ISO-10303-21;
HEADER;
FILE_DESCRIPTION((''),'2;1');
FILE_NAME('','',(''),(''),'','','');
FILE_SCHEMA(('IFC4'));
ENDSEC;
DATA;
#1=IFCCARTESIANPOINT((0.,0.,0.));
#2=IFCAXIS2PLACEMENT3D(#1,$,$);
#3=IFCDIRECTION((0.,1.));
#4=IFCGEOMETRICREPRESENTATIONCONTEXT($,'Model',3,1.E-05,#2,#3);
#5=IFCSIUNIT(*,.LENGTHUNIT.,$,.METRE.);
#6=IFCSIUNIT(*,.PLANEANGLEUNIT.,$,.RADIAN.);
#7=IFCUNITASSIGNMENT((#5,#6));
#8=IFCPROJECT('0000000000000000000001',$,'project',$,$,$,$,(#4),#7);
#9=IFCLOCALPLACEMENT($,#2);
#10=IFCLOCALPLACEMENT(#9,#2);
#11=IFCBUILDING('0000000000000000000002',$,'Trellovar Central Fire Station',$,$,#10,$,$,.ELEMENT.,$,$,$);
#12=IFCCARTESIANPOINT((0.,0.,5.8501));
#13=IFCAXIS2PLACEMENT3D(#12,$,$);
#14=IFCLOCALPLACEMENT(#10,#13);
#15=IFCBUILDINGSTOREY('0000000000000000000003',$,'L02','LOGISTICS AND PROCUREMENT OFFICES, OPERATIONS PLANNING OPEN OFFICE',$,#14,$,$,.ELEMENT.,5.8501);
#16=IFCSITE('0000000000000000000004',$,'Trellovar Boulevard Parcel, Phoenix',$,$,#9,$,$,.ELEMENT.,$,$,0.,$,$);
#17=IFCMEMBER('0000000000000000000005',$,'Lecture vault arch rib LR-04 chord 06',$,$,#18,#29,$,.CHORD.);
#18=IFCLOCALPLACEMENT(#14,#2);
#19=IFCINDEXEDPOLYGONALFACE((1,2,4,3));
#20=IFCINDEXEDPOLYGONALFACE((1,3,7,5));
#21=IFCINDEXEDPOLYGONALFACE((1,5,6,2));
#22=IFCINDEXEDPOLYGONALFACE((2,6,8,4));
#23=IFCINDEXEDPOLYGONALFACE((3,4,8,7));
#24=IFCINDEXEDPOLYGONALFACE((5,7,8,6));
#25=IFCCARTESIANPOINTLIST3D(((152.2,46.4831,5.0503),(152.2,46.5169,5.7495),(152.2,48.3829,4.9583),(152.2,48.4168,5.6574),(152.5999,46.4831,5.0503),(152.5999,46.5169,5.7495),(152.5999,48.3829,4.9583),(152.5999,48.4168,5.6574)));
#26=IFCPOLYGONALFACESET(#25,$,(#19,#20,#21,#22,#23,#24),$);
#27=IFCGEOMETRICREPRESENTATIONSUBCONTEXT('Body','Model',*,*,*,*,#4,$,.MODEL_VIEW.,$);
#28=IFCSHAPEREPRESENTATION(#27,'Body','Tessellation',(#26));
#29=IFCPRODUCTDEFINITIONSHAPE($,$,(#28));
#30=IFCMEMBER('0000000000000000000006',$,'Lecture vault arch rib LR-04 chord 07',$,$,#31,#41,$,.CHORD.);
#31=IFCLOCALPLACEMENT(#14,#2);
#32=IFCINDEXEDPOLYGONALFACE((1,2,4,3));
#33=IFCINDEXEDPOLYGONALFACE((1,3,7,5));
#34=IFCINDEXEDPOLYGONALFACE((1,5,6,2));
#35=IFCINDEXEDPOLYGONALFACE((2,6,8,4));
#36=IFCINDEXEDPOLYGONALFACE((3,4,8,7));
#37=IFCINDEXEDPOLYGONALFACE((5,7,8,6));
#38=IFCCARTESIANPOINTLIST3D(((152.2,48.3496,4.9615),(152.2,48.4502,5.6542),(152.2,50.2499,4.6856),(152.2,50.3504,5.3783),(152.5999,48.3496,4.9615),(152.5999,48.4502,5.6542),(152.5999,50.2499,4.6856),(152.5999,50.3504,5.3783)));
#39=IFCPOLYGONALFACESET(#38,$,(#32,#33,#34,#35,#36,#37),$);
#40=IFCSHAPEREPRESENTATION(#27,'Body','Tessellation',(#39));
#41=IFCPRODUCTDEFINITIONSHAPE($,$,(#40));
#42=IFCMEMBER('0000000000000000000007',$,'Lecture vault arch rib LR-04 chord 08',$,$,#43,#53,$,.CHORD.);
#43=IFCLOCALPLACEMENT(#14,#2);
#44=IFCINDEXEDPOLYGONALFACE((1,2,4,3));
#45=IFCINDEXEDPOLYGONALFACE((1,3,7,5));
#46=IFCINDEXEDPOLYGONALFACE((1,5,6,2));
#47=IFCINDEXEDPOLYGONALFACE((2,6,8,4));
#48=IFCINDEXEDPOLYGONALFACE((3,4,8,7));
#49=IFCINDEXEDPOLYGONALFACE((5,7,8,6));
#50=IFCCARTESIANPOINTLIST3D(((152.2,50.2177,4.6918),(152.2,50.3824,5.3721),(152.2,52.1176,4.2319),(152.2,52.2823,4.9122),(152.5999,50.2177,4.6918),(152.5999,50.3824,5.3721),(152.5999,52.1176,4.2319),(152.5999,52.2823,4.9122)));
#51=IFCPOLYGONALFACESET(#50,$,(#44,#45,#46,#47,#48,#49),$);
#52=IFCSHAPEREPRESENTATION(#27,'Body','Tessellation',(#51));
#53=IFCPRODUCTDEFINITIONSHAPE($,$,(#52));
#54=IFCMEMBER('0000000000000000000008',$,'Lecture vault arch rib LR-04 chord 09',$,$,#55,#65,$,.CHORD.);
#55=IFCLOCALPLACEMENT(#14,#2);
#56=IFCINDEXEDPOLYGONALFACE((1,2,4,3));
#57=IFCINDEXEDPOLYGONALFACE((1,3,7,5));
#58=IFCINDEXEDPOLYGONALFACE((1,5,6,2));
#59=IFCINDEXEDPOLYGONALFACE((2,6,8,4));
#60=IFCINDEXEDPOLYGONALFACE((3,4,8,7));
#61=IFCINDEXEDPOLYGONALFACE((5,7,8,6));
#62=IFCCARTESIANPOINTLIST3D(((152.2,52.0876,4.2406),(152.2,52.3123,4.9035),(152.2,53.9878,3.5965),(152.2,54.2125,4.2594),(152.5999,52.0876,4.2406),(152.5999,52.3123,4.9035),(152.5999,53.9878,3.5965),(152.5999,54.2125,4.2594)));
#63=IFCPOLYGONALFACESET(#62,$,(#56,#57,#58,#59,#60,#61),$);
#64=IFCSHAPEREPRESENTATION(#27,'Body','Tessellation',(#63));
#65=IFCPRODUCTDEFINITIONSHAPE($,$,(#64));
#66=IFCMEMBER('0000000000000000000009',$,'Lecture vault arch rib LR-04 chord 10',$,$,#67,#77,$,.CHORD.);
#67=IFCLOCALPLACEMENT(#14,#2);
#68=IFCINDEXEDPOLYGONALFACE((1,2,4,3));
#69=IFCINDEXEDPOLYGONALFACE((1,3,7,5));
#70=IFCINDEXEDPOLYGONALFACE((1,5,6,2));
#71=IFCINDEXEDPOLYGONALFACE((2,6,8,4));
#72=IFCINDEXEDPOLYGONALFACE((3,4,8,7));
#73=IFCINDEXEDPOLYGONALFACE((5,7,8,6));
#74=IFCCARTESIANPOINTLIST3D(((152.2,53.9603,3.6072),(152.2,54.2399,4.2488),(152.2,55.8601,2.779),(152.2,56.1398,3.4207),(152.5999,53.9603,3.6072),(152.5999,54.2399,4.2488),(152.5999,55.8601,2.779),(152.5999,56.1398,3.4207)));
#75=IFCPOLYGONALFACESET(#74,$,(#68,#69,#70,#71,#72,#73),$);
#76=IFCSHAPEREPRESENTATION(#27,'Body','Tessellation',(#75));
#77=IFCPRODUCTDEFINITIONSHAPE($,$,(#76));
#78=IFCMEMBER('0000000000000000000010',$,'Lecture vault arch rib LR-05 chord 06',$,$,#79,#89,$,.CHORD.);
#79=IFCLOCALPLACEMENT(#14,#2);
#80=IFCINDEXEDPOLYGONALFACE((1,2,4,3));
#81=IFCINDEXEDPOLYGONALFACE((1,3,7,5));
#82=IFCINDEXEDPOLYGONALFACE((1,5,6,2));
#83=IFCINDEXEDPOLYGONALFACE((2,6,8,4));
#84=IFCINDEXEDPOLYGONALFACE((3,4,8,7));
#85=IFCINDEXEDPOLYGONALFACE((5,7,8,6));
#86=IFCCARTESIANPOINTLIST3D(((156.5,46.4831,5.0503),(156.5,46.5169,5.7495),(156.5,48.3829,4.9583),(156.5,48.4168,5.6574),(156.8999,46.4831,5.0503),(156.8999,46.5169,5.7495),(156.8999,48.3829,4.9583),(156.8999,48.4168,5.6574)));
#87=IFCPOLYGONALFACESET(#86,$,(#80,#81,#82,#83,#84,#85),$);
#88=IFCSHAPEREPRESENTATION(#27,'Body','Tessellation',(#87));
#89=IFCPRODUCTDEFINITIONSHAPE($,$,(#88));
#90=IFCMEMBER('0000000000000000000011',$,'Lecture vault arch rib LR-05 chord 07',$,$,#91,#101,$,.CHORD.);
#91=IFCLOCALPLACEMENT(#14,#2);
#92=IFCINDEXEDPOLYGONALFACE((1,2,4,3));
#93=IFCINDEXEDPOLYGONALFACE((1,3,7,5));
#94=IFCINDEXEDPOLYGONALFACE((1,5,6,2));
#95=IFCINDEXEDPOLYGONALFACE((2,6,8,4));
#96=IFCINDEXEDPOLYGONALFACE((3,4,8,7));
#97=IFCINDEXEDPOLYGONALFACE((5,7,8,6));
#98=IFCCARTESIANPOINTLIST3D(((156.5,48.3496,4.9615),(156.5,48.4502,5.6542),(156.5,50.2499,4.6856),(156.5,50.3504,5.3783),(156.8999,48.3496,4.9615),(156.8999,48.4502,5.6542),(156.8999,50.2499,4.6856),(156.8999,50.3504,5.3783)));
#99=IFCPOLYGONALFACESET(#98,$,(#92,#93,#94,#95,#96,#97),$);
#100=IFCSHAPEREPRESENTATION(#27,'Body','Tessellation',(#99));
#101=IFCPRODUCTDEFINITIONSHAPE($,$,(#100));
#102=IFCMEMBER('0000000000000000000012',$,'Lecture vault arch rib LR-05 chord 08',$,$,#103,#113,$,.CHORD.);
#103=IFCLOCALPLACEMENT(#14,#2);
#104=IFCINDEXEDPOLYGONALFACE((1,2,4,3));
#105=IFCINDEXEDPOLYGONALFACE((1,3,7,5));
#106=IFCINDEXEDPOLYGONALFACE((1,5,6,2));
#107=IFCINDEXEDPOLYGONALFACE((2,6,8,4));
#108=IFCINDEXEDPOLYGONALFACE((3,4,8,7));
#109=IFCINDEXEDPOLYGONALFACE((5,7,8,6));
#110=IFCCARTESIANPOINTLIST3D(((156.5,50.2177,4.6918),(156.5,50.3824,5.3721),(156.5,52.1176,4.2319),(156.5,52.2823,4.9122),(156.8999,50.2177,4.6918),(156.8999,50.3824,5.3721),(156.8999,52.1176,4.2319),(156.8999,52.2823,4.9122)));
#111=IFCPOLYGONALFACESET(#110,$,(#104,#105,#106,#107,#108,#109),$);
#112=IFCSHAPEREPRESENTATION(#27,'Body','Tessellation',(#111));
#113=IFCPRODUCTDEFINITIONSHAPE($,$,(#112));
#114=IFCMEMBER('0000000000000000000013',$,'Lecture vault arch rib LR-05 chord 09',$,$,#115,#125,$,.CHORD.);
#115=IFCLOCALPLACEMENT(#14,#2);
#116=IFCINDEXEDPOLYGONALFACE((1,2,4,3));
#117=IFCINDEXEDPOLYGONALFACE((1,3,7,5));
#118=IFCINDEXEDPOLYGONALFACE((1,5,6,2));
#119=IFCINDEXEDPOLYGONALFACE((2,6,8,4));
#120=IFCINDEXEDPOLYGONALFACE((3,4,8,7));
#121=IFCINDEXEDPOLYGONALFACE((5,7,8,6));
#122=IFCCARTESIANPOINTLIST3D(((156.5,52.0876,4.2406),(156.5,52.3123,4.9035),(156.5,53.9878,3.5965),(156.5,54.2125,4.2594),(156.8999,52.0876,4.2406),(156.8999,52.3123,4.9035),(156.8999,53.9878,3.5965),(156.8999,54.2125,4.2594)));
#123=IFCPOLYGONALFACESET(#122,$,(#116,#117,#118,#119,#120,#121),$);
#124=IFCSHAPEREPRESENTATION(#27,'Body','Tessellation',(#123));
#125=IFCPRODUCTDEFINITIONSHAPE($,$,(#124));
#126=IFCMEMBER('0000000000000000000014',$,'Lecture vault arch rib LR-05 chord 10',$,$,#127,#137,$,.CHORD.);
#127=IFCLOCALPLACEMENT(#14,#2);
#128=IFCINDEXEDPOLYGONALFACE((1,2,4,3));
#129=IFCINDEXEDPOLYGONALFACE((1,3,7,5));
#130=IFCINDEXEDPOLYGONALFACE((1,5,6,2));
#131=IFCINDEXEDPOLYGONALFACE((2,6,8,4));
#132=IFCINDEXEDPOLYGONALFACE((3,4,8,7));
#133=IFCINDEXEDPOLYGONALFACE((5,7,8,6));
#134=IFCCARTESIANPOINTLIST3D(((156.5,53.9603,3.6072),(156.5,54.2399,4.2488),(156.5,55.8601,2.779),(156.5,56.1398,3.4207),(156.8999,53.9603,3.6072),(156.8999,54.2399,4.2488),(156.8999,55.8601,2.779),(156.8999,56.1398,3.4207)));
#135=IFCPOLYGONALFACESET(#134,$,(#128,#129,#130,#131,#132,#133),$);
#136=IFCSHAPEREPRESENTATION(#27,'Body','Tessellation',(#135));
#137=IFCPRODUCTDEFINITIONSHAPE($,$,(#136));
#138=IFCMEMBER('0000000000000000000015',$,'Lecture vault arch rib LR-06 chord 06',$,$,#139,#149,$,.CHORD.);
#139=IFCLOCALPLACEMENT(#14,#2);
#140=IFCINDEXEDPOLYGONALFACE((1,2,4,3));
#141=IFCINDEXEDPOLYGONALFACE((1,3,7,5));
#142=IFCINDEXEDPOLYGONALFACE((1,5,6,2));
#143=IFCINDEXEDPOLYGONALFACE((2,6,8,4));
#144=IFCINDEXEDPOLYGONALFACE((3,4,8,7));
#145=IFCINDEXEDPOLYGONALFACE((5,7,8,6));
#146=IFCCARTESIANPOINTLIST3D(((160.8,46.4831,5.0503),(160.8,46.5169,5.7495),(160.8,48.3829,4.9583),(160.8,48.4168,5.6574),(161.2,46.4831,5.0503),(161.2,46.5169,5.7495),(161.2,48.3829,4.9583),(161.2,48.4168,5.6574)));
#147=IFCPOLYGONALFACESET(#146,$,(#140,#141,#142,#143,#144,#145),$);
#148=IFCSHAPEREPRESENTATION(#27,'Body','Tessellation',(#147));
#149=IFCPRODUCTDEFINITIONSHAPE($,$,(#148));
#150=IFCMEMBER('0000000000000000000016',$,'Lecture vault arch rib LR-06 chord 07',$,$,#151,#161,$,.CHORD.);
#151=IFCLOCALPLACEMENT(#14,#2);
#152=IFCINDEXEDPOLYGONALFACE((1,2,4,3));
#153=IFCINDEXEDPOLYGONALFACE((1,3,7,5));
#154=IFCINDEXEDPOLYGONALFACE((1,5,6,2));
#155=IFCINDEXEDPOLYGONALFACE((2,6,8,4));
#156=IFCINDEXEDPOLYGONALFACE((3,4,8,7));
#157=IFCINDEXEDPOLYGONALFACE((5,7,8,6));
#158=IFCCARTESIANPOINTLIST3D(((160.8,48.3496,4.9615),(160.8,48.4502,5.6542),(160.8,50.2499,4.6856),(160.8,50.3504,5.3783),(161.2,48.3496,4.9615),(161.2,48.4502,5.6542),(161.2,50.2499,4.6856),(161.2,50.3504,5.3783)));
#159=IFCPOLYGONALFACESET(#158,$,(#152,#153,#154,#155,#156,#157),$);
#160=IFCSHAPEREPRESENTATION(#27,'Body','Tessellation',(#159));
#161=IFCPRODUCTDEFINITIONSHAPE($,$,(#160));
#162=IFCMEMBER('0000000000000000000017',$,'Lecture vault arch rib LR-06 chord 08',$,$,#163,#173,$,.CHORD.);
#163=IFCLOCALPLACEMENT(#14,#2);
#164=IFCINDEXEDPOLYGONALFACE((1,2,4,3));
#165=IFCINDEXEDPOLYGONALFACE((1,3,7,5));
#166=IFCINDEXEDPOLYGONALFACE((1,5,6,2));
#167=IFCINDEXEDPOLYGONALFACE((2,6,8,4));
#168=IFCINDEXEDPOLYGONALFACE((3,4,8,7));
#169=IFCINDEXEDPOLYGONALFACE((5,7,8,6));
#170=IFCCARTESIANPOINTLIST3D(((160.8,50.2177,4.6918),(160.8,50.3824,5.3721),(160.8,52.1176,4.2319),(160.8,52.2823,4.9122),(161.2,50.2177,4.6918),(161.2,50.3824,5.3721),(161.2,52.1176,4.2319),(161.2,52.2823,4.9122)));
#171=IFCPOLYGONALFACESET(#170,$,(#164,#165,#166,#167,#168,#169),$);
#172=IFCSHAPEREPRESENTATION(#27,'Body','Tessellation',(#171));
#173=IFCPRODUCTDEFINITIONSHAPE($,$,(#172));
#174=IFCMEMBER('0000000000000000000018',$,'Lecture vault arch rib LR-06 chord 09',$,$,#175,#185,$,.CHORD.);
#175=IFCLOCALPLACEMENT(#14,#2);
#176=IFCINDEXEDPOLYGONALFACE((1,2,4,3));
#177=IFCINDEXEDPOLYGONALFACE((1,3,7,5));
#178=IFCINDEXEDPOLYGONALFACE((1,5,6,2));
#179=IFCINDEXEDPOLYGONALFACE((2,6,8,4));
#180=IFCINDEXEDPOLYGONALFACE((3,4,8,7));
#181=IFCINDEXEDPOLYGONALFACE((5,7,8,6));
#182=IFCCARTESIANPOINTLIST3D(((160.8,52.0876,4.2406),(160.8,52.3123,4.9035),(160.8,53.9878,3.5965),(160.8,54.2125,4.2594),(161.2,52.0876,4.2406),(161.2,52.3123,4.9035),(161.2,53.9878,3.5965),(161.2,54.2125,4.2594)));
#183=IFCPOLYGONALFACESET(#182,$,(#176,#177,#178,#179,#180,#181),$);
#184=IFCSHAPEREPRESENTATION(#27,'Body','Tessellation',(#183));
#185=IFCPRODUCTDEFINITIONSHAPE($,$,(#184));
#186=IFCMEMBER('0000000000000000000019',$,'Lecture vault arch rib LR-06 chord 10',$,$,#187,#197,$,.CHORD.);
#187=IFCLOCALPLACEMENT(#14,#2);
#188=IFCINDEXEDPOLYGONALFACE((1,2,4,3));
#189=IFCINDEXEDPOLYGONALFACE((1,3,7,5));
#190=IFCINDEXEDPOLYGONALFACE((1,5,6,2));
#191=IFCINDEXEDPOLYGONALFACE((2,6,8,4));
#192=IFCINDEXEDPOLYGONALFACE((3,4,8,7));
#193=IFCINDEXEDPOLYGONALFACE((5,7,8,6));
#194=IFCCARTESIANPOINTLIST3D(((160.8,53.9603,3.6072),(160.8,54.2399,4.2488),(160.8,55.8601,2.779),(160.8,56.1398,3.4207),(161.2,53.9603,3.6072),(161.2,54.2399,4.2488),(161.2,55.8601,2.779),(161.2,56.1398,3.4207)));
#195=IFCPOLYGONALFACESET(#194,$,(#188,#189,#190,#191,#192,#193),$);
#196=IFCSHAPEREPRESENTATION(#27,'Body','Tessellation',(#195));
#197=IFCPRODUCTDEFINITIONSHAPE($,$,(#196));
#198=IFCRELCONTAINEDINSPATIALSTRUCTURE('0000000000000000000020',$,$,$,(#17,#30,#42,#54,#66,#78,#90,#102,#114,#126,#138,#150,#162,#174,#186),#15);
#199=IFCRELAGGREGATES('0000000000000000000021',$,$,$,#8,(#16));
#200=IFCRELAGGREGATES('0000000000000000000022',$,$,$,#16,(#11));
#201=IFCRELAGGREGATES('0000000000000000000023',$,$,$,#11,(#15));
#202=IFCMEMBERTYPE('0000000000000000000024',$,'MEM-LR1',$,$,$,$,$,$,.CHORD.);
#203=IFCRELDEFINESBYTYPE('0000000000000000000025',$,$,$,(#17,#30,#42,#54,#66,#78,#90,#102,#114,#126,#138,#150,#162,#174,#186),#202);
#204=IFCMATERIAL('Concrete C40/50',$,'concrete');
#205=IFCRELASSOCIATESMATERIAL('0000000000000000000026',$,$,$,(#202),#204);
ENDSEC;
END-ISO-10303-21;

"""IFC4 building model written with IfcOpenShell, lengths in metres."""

from ifc_helpers import new_model, si_unit, direction, frame, origin, origin_2d, place, context, subcontext, project, spatial, rectangle, extrude, material, material_profile, profile_set, type_object, element, save


model = new_model("IFC4")

# Units and contexts
model_context = context("Model", 3, precision=1e-05, world=origin(), true_north=direction((0.0, 1.0)))
body_context = subcontext(model_context, "Body", "Model", "MODEL_VIEW")
ifc_project = project(units=[si_unit("LENGTHUNIT", "METRE"), si_unit("PLANEANGLEUNIT", "RADIAN")], contexts=[model_context])

# Site, building, storey
site_placement = place(None, origin())
site = spatial("IfcSite", under=ifc_project, at=site_placement, Name="Trellovar Boulevard Parcel, Phoenix", CompositionType="ELEMENT", RefElevation=0.0)
building_placement = place(site_placement, origin())
building = spatial("IfcBuilding", under=site, at=building_placement, Name="Trellovar Central Fire Station", CompositionType="ELEMENT")
storey_placement = place(building_placement, frame((0.0, 0.0, 5.8501)))
storey = spatial("IfcBuildingStorey", under=building, at=storey_placement, Name="L02", Description="LOGISTICS AND PROCUREMENT OFFICES, OPERATIONS PLANNING OPEN OFFICE", CompositionType="ELEMENT", Elevation=5.8501)

# Members
ifc_material_1 = material(Name="Concrete C40/50", Category="concrete")
ifc_material_profile_1 = material_profile(ifc_material_1, rectangle(XDim=0.3999, YDim=0.7, at=origin_2d()), Name="RC400X700")
ifc_profile_set_1 = profile_set([ifc_material_profile_1], Name="Concrete C40/50")
member_type_1 = type_object("IfcMemberType", Name="MEM-LR1", PredefinedType="CHORD", material=ifc_profile_set_1)
member_1_placement = place(storey_placement, frame((152.3999, 46.5, 5.3999), z_axis=(0.0, 0.998829, -0.048388), x_axis=(-1.0, 0.0, 0.0)))
element("IfcMember", 1, at=member_1_placement, inside=storey, type_object=member_type_1, Name="Lecture vault arch rib LR-04 chord 06", PredefinedType="CHORD", context=body_context, shape_type="SweptSolid", body=[
    extrude(rectangle(XDim=0.3999, YDim=0.7, at=origin_2d()), origin(), (0.0, 0.0, 1.0), 1.9021),
])
member_2_placement = place(storey_placement, frame((152.3999, 48.3999, 5.3079), z_axis=(0.0, 0.989624, -0.143682), x_axis=(-1.0, 0.0, 0.0)))
element("IfcMember", 2, at=member_2_placement, inside=storey, type_object=member_type_1, Name="Lecture vault arch rib LR-04 chord 07", PredefinedType="CHORD", context=body_context, shape_type="SweptSolid", body=[
    extrude(rectangle(XDim=0.3999, YDim=0.7, at=origin_2d()), origin(), (0.0, 0.0, 1.0), 1.9202),
])
member_3_placement = place(storey_placement, frame((152.3999, 50.3, 5.032), z_axis=(0.0, 0.971923, -0.2353), x_axis=(-1.0, 0.0, 0.0)))
element("IfcMember", 3, at=member_3_placement, inside=storey, type_object=member_type_1, Name="Lecture vault arch rib LR-04 chord 08", PredefinedType="CHORD", context=body_context, shape_type="SweptSolid", body=[
    extrude(rectangle(XDim=0.3999, YDim=0.7, at=origin_2d()), origin(), (0.0, 0.0, 1.0), 1.9548),
])
member_4_placement = place(storey_placement, frame((152.3999, 52.2, 4.572), z_axis=(0.0, 0.947077, -0.321006), x_axis=(-1.0, 0.0, 0.0)))
element("IfcMember", 4, at=member_4_placement, inside=storey, type_object=member_type_1, Name="Lecture vault arch rib LR-04 chord 09", PredefinedType="CHORD", context=body_context, shape_type="SweptSolid", body=[
    extrude(rectangle(XDim=0.3999, YDim=0.7, at=origin_2d()), origin(), (0.0, 0.0, 1.0), 2.0063),
])
member_5_placement = place(storey_placement, frame((152.3999, 54.1001, 3.928), z_axis=(0.0, 0.916703, -0.39957), x_axis=(-1.0, 0.0, 0.0)))
element("IfcMember", 5, at=member_5_placement, inside=storey, type_object=member_type_1, Name="Lecture vault arch rib LR-04 chord 10", PredefinedType="CHORD", context=body_context, shape_type="SweptSolid", body=[
    extrude(rectangle(XDim=0.3999, YDim=0.7, at=origin_2d()), origin(), (0.0, 0.0, 1.0), 2.0725),
])
member_6_placement = place(storey_placement, frame((156.7, 46.5, 5.3999), z_axis=(0.0, 0.998829, -0.048388), x_axis=(-1.0, 0.0, 0.0)))
element("IfcMember", 6, at=member_6_placement, inside=storey, type_object=member_type_1, Name="Lecture vault arch rib LR-05 chord 06", PredefinedType="CHORD", context=body_context, shape_type="SweptSolid", body=[
    extrude(rectangle(XDim=0.3999, YDim=0.7, at=origin_2d()), origin(), (0.0, 0.0, 1.0), 1.9021),
])
member_7_placement = place(storey_placement, frame((156.7, 48.3999, 5.3079), z_axis=(0.0, 0.989624, -0.143682), x_axis=(-1.0, 0.0, 0.0)))
element("IfcMember", 7, at=member_7_placement, inside=storey, type_object=member_type_1, Name="Lecture vault arch rib LR-05 chord 07", PredefinedType="CHORD", context=body_context, shape_type="SweptSolid", body=[
    extrude(rectangle(XDim=0.3999, YDim=0.7, at=origin_2d()), origin(), (0.0, 0.0, 1.0), 1.9202),
])
member_8_placement = place(storey_placement, frame((156.7, 50.3, 5.032), z_axis=(0.0, 0.971923, -0.2353), x_axis=(-1.0, 0.0, 0.0)))
element("IfcMember", 8, at=member_8_placement, inside=storey, type_object=member_type_1, Name="Lecture vault arch rib LR-05 chord 08", PredefinedType="CHORD", context=body_context, shape_type="SweptSolid", body=[
    extrude(rectangle(XDim=0.3999, YDim=0.7, at=origin_2d()), origin(), (0.0, 0.0, 1.0), 1.9548),
])
member_9_placement = place(storey_placement, frame((156.7, 52.2, 4.572), z_axis=(0.0, 0.947077, -0.321006), x_axis=(-1.0, 0.0, 0.0)))
element("IfcMember", 9, at=member_9_placement, inside=storey, type_object=member_type_1, Name="Lecture vault arch rib LR-05 chord 09", PredefinedType="CHORD", context=body_context, shape_type="SweptSolid", body=[
    extrude(rectangle(XDim=0.3999, YDim=0.7, at=origin_2d()), origin(), (0.0, 0.0, 1.0), 2.0063),
])
member_10_placement = place(storey_placement, frame((156.7, 54.1001, 3.928), z_axis=(0.0, 0.916703, -0.39957), x_axis=(-1.0, 0.0, 0.0)))
element("IfcMember", 10, at=member_10_placement, inside=storey, type_object=member_type_1, Name="Lecture vault arch rib LR-05 chord 10", PredefinedType="CHORD", context=body_context, shape_type="SweptSolid", body=[
    extrude(rectangle(XDim=0.3999, YDim=0.7, at=origin_2d()), origin(), (0.0, 0.0, 1.0), 2.0725),
])
member_11_placement = place(storey_placement, frame((161.0, 46.5, 5.3999), z_axis=(0.0, 0.998829, -0.048388), x_axis=(-1.0, 0.0, 0.0)))
element("IfcMember", 11, at=member_11_placement, inside=storey, type_object=member_type_1, Name="Lecture vault arch rib LR-06 chord 06", PredefinedType="CHORD", context=body_context, shape_type="SweptSolid", body=[
    extrude(rectangle(XDim=0.3999, YDim=0.7, at=origin_2d()), origin(), (0.0, 0.0, 1.0), 1.9021),
])
member_12_placement = place(storey_placement, frame((161.0, 48.3999, 5.3079), z_axis=(0.0, 0.989624, -0.143682), x_axis=(-1.0, 0.0, 0.0)))
element("IfcMember", 12, at=member_12_placement, inside=storey, type_object=member_type_1, Name="Lecture vault arch rib LR-06 chord 07", PredefinedType="CHORD", context=body_context, shape_type="SweptSolid", body=[
    extrude(rectangle(XDim=0.3999, YDim=0.7, at=origin_2d()), origin(), (0.0, 0.0, 1.0), 1.9202),
])
member_13_placement = place(storey_placement, frame((161.0, 50.3, 5.032), z_axis=(0.0, 0.971923, -0.2353), x_axis=(-1.0, 0.0, 0.0)))
element("IfcMember", 13, at=member_13_placement, inside=storey, type_object=member_type_1, Name="Lecture vault arch rib LR-06 chord 08", PredefinedType="CHORD", context=body_context, shape_type="SweptSolid", body=[
    extrude(rectangle(XDim=0.3999, YDim=0.7, at=origin_2d()), origin(), (0.0, 0.0, 1.0), 1.9548),
])
member_14_placement = place(storey_placement, frame((161.0, 52.2, 4.572), z_axis=(0.0, 0.947077, -0.321006), x_axis=(-1.0, 0.0, 0.0)))
element("IfcMember", 14, at=member_14_placement, inside=storey, type_object=member_type_1, Name="Lecture vault arch rib LR-06 chord 09", PredefinedType="CHORD", context=body_context, shape_type="SweptSolid", body=[
    extrude(rectangle(XDim=0.3999, YDim=0.7, at=origin_2d()), origin(), (0.0, 0.0, 1.0), 2.0063),
])
member_15_placement = place(storey_placement, frame((161.0, 54.1001, 3.928), z_axis=(0.0, 0.916703, -0.39957), x_axis=(-1.0, 0.0, 0.0)))
element("IfcMember", 15, at=member_15_placement, inside=storey, type_object=member_type_1, Name="Lecture vault arch rib LR-06 chord 10", PredefinedType="CHORD", context=body_context, shape_type="SweptSolid", body=[
    extrude(rectangle(XDim=0.3999, YDim=0.7, at=origin_2d()), origin(), (0.0, 0.0, 1.0), 2.0725),
])

save(model, "model.ifc")
